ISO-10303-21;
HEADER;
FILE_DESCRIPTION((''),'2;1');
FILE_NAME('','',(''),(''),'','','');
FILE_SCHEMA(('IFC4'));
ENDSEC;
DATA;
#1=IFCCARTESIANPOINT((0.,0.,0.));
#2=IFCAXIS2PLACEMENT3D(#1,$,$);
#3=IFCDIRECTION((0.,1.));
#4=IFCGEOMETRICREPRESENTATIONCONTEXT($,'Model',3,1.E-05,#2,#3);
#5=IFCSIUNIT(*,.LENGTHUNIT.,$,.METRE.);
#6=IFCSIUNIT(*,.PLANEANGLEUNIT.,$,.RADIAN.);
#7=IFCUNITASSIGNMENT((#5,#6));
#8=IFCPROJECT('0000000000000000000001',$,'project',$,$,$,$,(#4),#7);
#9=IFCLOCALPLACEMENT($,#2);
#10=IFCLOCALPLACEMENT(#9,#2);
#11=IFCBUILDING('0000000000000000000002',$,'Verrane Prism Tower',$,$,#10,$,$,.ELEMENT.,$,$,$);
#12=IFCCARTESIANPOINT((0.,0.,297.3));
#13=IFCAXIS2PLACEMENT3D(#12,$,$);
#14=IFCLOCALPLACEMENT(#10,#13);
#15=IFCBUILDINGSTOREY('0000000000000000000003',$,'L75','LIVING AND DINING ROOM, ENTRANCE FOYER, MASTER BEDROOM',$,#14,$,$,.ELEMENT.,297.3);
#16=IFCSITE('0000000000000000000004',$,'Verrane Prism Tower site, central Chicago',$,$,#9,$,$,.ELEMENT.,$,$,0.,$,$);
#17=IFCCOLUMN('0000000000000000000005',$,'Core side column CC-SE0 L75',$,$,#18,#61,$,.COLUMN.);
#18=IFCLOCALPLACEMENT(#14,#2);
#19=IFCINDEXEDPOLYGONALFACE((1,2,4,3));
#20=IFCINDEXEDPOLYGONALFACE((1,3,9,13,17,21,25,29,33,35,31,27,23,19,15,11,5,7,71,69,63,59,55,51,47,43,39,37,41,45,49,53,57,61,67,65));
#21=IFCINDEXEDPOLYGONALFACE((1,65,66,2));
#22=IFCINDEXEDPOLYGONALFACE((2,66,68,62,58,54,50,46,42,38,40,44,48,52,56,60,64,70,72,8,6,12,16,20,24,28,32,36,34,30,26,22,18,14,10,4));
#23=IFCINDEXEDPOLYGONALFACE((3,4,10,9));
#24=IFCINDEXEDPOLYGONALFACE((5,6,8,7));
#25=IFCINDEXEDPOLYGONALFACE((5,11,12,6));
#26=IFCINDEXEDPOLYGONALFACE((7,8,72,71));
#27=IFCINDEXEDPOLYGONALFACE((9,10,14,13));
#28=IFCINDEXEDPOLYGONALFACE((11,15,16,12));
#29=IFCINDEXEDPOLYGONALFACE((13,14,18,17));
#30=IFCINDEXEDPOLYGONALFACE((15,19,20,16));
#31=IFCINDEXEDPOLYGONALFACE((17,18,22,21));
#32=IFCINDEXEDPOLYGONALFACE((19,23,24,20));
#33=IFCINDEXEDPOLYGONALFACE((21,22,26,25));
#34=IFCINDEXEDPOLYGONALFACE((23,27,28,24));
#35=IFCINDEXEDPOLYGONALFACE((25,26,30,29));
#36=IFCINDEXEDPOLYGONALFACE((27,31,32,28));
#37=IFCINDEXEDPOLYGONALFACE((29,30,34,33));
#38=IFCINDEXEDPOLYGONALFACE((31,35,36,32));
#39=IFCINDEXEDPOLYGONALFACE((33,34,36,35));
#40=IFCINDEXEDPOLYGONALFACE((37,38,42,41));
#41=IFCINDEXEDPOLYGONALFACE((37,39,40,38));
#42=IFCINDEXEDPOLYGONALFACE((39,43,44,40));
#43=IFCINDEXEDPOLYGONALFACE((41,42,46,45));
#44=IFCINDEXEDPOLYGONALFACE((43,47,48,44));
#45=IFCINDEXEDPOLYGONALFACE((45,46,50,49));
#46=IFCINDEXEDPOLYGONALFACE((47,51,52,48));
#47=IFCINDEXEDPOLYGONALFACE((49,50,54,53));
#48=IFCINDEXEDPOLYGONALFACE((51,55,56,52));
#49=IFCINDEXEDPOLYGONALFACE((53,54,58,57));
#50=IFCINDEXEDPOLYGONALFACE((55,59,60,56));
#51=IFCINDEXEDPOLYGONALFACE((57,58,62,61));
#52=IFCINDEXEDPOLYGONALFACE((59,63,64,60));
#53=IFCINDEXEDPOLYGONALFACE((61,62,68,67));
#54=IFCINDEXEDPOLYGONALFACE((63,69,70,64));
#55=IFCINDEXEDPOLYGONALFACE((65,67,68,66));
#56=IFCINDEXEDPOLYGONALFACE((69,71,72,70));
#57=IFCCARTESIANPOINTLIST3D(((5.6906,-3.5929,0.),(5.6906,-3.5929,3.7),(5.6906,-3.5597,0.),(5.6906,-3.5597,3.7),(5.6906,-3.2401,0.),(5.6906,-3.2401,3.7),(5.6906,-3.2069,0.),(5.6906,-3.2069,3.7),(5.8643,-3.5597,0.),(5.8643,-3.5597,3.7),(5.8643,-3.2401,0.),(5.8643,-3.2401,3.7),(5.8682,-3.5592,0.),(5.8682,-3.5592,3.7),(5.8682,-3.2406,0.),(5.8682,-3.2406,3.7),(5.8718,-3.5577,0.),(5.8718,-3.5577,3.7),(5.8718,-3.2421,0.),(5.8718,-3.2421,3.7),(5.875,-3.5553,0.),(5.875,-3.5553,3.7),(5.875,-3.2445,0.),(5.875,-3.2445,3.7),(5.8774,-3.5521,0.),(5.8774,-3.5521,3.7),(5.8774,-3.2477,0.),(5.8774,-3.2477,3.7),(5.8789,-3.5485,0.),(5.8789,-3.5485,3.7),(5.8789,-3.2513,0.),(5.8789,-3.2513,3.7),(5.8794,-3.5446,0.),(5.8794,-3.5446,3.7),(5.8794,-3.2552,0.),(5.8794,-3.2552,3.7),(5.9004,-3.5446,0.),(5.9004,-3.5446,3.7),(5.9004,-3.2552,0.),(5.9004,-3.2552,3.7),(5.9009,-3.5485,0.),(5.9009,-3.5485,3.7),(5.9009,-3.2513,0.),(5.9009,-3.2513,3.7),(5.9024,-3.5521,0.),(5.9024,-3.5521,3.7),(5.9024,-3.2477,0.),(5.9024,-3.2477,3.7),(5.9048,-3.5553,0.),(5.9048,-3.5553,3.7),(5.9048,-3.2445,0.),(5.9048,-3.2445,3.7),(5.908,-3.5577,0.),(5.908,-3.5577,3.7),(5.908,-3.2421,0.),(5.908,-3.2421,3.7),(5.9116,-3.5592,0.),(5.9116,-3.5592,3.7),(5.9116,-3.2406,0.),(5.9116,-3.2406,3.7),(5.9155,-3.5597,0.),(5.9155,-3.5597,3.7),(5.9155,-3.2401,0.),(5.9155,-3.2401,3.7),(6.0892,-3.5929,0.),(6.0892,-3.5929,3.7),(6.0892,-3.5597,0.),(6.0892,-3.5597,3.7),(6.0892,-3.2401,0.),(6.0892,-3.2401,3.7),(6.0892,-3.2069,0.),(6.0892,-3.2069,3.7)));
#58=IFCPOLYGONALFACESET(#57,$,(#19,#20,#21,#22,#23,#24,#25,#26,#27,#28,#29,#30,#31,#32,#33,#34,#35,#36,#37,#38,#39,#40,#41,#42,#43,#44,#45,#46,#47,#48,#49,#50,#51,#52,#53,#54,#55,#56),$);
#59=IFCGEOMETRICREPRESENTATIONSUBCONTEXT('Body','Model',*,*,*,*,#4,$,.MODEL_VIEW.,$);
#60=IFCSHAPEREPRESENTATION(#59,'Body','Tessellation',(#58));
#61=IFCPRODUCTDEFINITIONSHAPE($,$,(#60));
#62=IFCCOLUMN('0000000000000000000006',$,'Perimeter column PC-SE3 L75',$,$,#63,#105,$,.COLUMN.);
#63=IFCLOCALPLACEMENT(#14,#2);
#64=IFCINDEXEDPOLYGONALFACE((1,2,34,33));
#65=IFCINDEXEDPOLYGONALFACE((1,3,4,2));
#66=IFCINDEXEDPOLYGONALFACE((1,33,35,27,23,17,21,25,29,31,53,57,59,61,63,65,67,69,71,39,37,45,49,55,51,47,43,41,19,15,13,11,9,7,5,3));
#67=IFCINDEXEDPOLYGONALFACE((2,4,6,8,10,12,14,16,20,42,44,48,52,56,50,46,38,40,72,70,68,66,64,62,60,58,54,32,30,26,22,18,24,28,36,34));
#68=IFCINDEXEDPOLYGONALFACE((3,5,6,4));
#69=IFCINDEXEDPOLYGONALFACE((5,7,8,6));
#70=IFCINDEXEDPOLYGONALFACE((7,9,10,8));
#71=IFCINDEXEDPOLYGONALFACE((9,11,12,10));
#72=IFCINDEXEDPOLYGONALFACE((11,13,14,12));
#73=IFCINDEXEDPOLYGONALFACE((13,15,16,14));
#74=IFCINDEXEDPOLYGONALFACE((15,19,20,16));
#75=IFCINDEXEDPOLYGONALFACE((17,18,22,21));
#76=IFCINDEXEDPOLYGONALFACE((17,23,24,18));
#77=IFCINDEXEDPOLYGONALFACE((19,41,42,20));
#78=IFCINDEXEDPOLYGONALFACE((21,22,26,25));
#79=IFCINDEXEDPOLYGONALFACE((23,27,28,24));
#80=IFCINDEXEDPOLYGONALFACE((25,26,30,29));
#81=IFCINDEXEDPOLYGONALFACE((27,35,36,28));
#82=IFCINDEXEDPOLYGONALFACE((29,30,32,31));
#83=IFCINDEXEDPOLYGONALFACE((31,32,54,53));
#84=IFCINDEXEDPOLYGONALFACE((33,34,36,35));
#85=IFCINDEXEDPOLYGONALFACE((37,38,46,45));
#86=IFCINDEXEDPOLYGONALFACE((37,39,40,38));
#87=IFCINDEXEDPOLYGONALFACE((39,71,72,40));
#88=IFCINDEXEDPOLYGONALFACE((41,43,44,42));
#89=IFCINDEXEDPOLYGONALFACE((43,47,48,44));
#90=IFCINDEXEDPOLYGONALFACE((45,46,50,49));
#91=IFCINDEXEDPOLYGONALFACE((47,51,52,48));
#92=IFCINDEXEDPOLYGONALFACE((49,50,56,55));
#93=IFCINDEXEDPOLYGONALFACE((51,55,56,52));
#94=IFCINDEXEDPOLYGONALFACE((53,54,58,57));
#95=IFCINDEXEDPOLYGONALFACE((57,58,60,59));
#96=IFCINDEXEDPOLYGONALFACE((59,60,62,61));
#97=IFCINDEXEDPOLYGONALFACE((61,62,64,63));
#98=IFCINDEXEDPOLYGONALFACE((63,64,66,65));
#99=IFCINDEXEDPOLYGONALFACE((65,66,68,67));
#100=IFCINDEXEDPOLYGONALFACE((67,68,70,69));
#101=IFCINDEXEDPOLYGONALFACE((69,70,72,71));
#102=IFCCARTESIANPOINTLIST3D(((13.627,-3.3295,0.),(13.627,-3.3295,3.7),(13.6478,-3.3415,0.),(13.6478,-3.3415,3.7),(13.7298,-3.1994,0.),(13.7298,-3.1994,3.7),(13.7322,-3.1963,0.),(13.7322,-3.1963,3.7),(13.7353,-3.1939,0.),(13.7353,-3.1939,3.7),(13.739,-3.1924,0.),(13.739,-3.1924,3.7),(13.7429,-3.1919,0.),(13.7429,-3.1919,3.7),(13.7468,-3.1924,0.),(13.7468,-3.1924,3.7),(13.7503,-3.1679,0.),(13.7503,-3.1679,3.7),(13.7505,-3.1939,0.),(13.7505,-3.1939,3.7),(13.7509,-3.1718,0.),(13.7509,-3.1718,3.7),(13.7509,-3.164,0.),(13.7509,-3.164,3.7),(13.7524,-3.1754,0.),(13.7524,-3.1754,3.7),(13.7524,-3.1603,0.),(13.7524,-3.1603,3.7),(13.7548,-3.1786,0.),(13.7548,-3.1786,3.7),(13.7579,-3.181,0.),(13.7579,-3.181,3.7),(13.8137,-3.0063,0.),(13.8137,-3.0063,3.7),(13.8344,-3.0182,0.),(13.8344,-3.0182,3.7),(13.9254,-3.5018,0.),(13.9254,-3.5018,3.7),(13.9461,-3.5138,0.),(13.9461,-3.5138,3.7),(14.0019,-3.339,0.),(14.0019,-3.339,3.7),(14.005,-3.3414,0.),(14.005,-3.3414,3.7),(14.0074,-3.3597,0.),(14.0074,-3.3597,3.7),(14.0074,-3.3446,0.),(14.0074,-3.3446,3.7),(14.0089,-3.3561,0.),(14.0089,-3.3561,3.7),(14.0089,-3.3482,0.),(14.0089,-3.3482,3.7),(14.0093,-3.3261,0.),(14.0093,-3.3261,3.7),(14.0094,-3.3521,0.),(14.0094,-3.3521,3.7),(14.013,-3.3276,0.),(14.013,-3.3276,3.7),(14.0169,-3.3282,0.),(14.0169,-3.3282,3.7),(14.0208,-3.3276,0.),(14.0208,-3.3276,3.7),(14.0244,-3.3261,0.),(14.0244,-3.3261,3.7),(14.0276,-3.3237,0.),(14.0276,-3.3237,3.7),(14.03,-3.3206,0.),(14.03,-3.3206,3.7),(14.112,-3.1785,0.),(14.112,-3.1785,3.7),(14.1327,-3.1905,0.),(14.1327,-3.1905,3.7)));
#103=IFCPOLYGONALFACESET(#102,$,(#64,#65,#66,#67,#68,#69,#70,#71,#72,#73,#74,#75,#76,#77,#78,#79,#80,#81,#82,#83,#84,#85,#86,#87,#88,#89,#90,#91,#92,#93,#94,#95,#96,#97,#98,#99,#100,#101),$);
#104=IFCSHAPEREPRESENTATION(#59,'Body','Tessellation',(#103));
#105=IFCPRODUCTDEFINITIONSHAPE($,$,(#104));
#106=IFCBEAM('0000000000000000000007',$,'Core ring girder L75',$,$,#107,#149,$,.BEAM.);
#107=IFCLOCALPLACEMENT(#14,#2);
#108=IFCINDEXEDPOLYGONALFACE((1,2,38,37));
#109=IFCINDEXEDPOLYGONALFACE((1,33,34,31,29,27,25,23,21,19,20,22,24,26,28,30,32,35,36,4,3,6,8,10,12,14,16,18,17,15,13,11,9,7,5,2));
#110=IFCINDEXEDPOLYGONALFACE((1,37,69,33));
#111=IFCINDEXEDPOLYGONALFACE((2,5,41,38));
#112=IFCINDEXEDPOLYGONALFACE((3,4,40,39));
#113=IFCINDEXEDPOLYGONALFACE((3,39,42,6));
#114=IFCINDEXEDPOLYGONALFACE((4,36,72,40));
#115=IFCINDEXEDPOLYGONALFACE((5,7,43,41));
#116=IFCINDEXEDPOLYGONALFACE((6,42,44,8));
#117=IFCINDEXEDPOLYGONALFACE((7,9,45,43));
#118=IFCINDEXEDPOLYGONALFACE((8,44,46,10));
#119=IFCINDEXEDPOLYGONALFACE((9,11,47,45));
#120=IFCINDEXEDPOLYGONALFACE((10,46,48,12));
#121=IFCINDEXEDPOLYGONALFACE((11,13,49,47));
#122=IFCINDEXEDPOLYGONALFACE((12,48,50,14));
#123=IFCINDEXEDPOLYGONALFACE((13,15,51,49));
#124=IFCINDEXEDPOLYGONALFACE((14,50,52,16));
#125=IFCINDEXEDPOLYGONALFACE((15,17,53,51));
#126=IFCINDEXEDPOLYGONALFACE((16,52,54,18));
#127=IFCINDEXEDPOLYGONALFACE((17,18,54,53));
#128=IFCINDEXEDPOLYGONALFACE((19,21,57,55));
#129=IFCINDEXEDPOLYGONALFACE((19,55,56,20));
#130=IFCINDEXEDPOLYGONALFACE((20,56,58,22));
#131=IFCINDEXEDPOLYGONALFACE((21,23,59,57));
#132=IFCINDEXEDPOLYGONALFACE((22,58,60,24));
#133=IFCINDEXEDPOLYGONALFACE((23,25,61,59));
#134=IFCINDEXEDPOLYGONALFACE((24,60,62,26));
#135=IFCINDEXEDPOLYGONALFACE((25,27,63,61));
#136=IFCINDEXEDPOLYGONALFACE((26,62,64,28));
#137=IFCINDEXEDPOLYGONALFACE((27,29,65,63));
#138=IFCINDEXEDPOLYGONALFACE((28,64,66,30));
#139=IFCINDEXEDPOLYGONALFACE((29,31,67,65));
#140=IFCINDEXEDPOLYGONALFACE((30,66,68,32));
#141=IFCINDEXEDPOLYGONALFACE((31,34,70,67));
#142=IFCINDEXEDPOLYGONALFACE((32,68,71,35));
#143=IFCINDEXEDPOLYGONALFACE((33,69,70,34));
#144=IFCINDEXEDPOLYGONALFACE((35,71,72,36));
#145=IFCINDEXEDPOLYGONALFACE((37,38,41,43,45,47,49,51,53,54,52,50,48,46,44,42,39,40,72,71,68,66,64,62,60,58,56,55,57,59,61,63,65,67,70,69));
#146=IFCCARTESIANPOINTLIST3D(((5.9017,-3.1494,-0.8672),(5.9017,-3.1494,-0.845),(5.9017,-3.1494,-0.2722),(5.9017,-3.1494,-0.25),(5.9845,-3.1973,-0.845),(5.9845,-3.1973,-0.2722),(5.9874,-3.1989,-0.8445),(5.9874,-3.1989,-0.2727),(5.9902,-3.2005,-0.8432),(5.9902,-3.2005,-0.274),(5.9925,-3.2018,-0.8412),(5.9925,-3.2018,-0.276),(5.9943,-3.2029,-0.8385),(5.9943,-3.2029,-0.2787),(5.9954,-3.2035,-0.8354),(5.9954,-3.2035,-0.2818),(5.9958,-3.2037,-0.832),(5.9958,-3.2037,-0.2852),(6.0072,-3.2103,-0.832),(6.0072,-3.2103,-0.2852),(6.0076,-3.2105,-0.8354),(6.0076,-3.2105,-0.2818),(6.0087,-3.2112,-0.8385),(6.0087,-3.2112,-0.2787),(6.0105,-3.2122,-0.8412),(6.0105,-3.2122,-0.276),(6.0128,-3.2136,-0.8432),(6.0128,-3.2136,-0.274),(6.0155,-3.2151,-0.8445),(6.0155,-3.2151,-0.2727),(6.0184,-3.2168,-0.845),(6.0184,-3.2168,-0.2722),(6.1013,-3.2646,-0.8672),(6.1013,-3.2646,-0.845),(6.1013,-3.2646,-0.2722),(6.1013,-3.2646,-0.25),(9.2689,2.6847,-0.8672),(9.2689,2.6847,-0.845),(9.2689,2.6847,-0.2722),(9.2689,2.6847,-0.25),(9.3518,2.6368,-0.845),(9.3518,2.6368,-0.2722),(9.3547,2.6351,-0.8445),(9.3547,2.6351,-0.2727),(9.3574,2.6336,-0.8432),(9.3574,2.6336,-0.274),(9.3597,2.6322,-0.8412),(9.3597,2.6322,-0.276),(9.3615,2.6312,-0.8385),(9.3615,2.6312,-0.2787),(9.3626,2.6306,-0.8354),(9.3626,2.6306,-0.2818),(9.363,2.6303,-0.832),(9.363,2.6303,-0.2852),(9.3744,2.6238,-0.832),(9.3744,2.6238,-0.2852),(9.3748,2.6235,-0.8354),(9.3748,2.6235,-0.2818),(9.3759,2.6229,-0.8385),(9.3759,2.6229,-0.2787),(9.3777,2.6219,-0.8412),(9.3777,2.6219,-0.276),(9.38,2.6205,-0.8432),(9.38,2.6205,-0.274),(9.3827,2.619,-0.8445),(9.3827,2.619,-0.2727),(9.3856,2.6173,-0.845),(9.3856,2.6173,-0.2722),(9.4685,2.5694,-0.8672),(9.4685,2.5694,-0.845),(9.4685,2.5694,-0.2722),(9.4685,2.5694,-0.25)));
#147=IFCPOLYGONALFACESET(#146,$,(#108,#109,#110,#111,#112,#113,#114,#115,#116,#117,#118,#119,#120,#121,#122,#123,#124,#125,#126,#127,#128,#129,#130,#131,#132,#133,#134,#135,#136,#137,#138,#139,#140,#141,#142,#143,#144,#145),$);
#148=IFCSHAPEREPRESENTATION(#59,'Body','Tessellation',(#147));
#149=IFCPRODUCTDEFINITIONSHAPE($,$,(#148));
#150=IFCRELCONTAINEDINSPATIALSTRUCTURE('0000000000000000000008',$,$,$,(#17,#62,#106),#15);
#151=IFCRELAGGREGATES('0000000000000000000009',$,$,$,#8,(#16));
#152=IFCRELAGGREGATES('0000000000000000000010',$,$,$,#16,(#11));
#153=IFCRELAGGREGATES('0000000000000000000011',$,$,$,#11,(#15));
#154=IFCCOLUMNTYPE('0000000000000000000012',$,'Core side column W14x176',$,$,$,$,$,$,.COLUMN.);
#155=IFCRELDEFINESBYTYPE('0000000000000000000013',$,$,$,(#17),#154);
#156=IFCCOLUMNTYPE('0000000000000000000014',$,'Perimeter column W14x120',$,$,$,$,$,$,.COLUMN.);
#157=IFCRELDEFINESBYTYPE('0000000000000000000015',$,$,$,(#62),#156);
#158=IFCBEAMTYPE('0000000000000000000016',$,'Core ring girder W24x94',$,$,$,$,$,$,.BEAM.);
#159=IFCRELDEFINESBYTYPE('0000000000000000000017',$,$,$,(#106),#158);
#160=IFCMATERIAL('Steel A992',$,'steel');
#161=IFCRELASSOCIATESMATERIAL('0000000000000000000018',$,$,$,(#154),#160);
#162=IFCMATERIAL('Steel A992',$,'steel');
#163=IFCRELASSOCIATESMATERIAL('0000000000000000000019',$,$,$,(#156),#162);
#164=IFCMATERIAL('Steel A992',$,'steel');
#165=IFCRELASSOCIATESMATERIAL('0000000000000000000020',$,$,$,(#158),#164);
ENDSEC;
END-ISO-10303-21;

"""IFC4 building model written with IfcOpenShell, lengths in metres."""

from ifc_helpers import new_model, si_unit, direction, frame, origin, origin_2d, place, context, subcontext, project, spatial, i_section, extrude, material, material_profile, profile_set, type_object, element, save


model = new_model("IFC4")

# Units and contexts
model_context = context("Model", 3, precision=1e-05, world=origin(), true_north=direction((0.0, 1.0)))
body_context = subcontext(model_context, "Body", "Model", "MODEL_VIEW")
ifc_project = project(units=[si_unit("LENGTHUNIT", "METRE"), si_unit("PLANEANGLEUNIT", "RADIAN")], contexts=[model_context])

# Site, building, storey
site_placement = place(None, origin())
site = spatial("IfcSite", under=ifc_project, at=site_placement, Name="Verrane Prism Tower site, central Chicago", CompositionType="ELEMENT", RefElevation=0.0)
building_placement = place(site_placement, origin())
building = spatial("IfcBuilding", under=site, at=building_placement, Name="Verrane Prism Tower", CompositionType="ELEMENT")
storey_placement = place(building_placement, frame((0.0, 0.0, 297.3)))
storey = spatial("IfcBuildingStorey", under=building, at=storey_placement, Name="L75", Description="LIVING AND DINING ROOM, ENTRANCE FOYER, MASTER BEDROOM", CompositionType="ELEMENT", Elevation=297.3)

# Columns
ifc_material_1 = material(Name="Steel A992", Category="steel")
ifc_material_profile_1 = material_profile(ifc_material_1, i_section(OverallWidth=0.3987, OverallDepth=0.386, WebThickness=0.021, FlangeThickness=0.0332, FilletRadius=0.0151, at=origin_2d()), Name="W14x176")
ifc_profile_set_1 = profile_set([ifc_material_profile_1], Name="Steel A992")
column_type_1 = type_object("IfcColumnType", Name="Core side column W14x176", PredefinedType="COLUMN", material=ifc_profile_set_1)
column_1_placement = place(storey_placement, frame((5.8899, -3.3999, 0.0), z_axis=(0.0, 0.0, 1.0), x_axis=(1.0, 0.0, 0.0)))
element("IfcColumn", 1, at=column_1_placement, inside=storey, type_object=column_type_1, Name="Core side column CC-SE0 L75", PredefinedType="COLUMN", context=body_context, shape_type="SweptSolid", body=[
    extrude(i_section(OverallWidth=0.3987, OverallDepth=0.386, WebThickness=0.021, FlangeThickness=0.0332, FilletRadius=0.0151, at=origin_2d()), origin(), (0.0, 0.0, 1.0), 3.7),
])
ifc_material_2 = material(Name="Steel A992", Category="steel")
ifc_material_profile_2 = material_profile(ifc_material_2, i_section(OverallWidth=0.3733, OverallDepth=0.3684, WebThickness=0.0149, FlangeThickness=0.0239, FilletRadius=0.0151, at=origin_2d()), Name="W14x120")
ifc_profile_set_2 = profile_set([ifc_material_profile_2], Name="Steel A992")
column_type_2 = type_object("IfcColumnType", Name="Perimeter column W14x120", PredefinedType="COLUMN", material=ifc_profile_set_2)
column_2_placement = place(storey_placement, frame((13.8799, -3.26, 0.0), z_axis=(0.0, 0.0, 1.0), x_axis=(-0.5, -0.866025, 0.0)))
element("IfcColumn", 2, at=column_2_placement, inside=storey, type_object=column_type_2, Name="Perimeter column PC-SE3 L75", PredefinedType="COLUMN", context=body_context, shape_type="SweptSolid", body=[
    extrude(i_section(OverallWidth=0.3733, OverallDepth=0.3684, WebThickness=0.0149, FlangeThickness=0.0239, FilletRadius=0.0151, at=origin_2d()), origin(), (0.0, 0.0, 1.0), 3.7),
])

# Beam
ifc_material_3 = material(Name="Steel A992", Category="steel")
ifc_material_profile_3 = material_profile(ifc_material_3, i_section(OverallWidth=0.2305, OverallDepth=0.6172, WebThickness=0.0132, FlangeThickness=0.0222, FilletRadius=0.0129, at=origin_2d()), Name="W24x94")
ifc_profile_set_3 = profile_set([ifc_material_profile_3], Name="Steel A992")
beam_type_1 = type_object("IfcBeamType", Name="Core ring girder W24x94", PredefinedType="BEAM", material=ifc_profile_set_3)
beam_1_placement = place(storey_placement, frame((6.0015, -3.207, -0.5586), z_axis=(0.499881, 0.866094, 0.0), x_axis=(-0.866094, 0.499881, 0.0)))
element("IfcBeam", 3, at=beam_1_placement, inside=storey, type_object=beam_type_1, Name="Core ring girder L75", PredefinedType="BEAM", context=body_context, shape_type="SweptSolid", body=[
    extrude(i_section(OverallWidth=0.2305, OverallDepth=0.6172, WebThickness=0.0132, FlangeThickness=0.0222, FilletRadius=0.0129, at=origin_2d()), origin(), (0.0, 0.0, 1.0), 6.7361),
])

save(model, "model.ifc")
